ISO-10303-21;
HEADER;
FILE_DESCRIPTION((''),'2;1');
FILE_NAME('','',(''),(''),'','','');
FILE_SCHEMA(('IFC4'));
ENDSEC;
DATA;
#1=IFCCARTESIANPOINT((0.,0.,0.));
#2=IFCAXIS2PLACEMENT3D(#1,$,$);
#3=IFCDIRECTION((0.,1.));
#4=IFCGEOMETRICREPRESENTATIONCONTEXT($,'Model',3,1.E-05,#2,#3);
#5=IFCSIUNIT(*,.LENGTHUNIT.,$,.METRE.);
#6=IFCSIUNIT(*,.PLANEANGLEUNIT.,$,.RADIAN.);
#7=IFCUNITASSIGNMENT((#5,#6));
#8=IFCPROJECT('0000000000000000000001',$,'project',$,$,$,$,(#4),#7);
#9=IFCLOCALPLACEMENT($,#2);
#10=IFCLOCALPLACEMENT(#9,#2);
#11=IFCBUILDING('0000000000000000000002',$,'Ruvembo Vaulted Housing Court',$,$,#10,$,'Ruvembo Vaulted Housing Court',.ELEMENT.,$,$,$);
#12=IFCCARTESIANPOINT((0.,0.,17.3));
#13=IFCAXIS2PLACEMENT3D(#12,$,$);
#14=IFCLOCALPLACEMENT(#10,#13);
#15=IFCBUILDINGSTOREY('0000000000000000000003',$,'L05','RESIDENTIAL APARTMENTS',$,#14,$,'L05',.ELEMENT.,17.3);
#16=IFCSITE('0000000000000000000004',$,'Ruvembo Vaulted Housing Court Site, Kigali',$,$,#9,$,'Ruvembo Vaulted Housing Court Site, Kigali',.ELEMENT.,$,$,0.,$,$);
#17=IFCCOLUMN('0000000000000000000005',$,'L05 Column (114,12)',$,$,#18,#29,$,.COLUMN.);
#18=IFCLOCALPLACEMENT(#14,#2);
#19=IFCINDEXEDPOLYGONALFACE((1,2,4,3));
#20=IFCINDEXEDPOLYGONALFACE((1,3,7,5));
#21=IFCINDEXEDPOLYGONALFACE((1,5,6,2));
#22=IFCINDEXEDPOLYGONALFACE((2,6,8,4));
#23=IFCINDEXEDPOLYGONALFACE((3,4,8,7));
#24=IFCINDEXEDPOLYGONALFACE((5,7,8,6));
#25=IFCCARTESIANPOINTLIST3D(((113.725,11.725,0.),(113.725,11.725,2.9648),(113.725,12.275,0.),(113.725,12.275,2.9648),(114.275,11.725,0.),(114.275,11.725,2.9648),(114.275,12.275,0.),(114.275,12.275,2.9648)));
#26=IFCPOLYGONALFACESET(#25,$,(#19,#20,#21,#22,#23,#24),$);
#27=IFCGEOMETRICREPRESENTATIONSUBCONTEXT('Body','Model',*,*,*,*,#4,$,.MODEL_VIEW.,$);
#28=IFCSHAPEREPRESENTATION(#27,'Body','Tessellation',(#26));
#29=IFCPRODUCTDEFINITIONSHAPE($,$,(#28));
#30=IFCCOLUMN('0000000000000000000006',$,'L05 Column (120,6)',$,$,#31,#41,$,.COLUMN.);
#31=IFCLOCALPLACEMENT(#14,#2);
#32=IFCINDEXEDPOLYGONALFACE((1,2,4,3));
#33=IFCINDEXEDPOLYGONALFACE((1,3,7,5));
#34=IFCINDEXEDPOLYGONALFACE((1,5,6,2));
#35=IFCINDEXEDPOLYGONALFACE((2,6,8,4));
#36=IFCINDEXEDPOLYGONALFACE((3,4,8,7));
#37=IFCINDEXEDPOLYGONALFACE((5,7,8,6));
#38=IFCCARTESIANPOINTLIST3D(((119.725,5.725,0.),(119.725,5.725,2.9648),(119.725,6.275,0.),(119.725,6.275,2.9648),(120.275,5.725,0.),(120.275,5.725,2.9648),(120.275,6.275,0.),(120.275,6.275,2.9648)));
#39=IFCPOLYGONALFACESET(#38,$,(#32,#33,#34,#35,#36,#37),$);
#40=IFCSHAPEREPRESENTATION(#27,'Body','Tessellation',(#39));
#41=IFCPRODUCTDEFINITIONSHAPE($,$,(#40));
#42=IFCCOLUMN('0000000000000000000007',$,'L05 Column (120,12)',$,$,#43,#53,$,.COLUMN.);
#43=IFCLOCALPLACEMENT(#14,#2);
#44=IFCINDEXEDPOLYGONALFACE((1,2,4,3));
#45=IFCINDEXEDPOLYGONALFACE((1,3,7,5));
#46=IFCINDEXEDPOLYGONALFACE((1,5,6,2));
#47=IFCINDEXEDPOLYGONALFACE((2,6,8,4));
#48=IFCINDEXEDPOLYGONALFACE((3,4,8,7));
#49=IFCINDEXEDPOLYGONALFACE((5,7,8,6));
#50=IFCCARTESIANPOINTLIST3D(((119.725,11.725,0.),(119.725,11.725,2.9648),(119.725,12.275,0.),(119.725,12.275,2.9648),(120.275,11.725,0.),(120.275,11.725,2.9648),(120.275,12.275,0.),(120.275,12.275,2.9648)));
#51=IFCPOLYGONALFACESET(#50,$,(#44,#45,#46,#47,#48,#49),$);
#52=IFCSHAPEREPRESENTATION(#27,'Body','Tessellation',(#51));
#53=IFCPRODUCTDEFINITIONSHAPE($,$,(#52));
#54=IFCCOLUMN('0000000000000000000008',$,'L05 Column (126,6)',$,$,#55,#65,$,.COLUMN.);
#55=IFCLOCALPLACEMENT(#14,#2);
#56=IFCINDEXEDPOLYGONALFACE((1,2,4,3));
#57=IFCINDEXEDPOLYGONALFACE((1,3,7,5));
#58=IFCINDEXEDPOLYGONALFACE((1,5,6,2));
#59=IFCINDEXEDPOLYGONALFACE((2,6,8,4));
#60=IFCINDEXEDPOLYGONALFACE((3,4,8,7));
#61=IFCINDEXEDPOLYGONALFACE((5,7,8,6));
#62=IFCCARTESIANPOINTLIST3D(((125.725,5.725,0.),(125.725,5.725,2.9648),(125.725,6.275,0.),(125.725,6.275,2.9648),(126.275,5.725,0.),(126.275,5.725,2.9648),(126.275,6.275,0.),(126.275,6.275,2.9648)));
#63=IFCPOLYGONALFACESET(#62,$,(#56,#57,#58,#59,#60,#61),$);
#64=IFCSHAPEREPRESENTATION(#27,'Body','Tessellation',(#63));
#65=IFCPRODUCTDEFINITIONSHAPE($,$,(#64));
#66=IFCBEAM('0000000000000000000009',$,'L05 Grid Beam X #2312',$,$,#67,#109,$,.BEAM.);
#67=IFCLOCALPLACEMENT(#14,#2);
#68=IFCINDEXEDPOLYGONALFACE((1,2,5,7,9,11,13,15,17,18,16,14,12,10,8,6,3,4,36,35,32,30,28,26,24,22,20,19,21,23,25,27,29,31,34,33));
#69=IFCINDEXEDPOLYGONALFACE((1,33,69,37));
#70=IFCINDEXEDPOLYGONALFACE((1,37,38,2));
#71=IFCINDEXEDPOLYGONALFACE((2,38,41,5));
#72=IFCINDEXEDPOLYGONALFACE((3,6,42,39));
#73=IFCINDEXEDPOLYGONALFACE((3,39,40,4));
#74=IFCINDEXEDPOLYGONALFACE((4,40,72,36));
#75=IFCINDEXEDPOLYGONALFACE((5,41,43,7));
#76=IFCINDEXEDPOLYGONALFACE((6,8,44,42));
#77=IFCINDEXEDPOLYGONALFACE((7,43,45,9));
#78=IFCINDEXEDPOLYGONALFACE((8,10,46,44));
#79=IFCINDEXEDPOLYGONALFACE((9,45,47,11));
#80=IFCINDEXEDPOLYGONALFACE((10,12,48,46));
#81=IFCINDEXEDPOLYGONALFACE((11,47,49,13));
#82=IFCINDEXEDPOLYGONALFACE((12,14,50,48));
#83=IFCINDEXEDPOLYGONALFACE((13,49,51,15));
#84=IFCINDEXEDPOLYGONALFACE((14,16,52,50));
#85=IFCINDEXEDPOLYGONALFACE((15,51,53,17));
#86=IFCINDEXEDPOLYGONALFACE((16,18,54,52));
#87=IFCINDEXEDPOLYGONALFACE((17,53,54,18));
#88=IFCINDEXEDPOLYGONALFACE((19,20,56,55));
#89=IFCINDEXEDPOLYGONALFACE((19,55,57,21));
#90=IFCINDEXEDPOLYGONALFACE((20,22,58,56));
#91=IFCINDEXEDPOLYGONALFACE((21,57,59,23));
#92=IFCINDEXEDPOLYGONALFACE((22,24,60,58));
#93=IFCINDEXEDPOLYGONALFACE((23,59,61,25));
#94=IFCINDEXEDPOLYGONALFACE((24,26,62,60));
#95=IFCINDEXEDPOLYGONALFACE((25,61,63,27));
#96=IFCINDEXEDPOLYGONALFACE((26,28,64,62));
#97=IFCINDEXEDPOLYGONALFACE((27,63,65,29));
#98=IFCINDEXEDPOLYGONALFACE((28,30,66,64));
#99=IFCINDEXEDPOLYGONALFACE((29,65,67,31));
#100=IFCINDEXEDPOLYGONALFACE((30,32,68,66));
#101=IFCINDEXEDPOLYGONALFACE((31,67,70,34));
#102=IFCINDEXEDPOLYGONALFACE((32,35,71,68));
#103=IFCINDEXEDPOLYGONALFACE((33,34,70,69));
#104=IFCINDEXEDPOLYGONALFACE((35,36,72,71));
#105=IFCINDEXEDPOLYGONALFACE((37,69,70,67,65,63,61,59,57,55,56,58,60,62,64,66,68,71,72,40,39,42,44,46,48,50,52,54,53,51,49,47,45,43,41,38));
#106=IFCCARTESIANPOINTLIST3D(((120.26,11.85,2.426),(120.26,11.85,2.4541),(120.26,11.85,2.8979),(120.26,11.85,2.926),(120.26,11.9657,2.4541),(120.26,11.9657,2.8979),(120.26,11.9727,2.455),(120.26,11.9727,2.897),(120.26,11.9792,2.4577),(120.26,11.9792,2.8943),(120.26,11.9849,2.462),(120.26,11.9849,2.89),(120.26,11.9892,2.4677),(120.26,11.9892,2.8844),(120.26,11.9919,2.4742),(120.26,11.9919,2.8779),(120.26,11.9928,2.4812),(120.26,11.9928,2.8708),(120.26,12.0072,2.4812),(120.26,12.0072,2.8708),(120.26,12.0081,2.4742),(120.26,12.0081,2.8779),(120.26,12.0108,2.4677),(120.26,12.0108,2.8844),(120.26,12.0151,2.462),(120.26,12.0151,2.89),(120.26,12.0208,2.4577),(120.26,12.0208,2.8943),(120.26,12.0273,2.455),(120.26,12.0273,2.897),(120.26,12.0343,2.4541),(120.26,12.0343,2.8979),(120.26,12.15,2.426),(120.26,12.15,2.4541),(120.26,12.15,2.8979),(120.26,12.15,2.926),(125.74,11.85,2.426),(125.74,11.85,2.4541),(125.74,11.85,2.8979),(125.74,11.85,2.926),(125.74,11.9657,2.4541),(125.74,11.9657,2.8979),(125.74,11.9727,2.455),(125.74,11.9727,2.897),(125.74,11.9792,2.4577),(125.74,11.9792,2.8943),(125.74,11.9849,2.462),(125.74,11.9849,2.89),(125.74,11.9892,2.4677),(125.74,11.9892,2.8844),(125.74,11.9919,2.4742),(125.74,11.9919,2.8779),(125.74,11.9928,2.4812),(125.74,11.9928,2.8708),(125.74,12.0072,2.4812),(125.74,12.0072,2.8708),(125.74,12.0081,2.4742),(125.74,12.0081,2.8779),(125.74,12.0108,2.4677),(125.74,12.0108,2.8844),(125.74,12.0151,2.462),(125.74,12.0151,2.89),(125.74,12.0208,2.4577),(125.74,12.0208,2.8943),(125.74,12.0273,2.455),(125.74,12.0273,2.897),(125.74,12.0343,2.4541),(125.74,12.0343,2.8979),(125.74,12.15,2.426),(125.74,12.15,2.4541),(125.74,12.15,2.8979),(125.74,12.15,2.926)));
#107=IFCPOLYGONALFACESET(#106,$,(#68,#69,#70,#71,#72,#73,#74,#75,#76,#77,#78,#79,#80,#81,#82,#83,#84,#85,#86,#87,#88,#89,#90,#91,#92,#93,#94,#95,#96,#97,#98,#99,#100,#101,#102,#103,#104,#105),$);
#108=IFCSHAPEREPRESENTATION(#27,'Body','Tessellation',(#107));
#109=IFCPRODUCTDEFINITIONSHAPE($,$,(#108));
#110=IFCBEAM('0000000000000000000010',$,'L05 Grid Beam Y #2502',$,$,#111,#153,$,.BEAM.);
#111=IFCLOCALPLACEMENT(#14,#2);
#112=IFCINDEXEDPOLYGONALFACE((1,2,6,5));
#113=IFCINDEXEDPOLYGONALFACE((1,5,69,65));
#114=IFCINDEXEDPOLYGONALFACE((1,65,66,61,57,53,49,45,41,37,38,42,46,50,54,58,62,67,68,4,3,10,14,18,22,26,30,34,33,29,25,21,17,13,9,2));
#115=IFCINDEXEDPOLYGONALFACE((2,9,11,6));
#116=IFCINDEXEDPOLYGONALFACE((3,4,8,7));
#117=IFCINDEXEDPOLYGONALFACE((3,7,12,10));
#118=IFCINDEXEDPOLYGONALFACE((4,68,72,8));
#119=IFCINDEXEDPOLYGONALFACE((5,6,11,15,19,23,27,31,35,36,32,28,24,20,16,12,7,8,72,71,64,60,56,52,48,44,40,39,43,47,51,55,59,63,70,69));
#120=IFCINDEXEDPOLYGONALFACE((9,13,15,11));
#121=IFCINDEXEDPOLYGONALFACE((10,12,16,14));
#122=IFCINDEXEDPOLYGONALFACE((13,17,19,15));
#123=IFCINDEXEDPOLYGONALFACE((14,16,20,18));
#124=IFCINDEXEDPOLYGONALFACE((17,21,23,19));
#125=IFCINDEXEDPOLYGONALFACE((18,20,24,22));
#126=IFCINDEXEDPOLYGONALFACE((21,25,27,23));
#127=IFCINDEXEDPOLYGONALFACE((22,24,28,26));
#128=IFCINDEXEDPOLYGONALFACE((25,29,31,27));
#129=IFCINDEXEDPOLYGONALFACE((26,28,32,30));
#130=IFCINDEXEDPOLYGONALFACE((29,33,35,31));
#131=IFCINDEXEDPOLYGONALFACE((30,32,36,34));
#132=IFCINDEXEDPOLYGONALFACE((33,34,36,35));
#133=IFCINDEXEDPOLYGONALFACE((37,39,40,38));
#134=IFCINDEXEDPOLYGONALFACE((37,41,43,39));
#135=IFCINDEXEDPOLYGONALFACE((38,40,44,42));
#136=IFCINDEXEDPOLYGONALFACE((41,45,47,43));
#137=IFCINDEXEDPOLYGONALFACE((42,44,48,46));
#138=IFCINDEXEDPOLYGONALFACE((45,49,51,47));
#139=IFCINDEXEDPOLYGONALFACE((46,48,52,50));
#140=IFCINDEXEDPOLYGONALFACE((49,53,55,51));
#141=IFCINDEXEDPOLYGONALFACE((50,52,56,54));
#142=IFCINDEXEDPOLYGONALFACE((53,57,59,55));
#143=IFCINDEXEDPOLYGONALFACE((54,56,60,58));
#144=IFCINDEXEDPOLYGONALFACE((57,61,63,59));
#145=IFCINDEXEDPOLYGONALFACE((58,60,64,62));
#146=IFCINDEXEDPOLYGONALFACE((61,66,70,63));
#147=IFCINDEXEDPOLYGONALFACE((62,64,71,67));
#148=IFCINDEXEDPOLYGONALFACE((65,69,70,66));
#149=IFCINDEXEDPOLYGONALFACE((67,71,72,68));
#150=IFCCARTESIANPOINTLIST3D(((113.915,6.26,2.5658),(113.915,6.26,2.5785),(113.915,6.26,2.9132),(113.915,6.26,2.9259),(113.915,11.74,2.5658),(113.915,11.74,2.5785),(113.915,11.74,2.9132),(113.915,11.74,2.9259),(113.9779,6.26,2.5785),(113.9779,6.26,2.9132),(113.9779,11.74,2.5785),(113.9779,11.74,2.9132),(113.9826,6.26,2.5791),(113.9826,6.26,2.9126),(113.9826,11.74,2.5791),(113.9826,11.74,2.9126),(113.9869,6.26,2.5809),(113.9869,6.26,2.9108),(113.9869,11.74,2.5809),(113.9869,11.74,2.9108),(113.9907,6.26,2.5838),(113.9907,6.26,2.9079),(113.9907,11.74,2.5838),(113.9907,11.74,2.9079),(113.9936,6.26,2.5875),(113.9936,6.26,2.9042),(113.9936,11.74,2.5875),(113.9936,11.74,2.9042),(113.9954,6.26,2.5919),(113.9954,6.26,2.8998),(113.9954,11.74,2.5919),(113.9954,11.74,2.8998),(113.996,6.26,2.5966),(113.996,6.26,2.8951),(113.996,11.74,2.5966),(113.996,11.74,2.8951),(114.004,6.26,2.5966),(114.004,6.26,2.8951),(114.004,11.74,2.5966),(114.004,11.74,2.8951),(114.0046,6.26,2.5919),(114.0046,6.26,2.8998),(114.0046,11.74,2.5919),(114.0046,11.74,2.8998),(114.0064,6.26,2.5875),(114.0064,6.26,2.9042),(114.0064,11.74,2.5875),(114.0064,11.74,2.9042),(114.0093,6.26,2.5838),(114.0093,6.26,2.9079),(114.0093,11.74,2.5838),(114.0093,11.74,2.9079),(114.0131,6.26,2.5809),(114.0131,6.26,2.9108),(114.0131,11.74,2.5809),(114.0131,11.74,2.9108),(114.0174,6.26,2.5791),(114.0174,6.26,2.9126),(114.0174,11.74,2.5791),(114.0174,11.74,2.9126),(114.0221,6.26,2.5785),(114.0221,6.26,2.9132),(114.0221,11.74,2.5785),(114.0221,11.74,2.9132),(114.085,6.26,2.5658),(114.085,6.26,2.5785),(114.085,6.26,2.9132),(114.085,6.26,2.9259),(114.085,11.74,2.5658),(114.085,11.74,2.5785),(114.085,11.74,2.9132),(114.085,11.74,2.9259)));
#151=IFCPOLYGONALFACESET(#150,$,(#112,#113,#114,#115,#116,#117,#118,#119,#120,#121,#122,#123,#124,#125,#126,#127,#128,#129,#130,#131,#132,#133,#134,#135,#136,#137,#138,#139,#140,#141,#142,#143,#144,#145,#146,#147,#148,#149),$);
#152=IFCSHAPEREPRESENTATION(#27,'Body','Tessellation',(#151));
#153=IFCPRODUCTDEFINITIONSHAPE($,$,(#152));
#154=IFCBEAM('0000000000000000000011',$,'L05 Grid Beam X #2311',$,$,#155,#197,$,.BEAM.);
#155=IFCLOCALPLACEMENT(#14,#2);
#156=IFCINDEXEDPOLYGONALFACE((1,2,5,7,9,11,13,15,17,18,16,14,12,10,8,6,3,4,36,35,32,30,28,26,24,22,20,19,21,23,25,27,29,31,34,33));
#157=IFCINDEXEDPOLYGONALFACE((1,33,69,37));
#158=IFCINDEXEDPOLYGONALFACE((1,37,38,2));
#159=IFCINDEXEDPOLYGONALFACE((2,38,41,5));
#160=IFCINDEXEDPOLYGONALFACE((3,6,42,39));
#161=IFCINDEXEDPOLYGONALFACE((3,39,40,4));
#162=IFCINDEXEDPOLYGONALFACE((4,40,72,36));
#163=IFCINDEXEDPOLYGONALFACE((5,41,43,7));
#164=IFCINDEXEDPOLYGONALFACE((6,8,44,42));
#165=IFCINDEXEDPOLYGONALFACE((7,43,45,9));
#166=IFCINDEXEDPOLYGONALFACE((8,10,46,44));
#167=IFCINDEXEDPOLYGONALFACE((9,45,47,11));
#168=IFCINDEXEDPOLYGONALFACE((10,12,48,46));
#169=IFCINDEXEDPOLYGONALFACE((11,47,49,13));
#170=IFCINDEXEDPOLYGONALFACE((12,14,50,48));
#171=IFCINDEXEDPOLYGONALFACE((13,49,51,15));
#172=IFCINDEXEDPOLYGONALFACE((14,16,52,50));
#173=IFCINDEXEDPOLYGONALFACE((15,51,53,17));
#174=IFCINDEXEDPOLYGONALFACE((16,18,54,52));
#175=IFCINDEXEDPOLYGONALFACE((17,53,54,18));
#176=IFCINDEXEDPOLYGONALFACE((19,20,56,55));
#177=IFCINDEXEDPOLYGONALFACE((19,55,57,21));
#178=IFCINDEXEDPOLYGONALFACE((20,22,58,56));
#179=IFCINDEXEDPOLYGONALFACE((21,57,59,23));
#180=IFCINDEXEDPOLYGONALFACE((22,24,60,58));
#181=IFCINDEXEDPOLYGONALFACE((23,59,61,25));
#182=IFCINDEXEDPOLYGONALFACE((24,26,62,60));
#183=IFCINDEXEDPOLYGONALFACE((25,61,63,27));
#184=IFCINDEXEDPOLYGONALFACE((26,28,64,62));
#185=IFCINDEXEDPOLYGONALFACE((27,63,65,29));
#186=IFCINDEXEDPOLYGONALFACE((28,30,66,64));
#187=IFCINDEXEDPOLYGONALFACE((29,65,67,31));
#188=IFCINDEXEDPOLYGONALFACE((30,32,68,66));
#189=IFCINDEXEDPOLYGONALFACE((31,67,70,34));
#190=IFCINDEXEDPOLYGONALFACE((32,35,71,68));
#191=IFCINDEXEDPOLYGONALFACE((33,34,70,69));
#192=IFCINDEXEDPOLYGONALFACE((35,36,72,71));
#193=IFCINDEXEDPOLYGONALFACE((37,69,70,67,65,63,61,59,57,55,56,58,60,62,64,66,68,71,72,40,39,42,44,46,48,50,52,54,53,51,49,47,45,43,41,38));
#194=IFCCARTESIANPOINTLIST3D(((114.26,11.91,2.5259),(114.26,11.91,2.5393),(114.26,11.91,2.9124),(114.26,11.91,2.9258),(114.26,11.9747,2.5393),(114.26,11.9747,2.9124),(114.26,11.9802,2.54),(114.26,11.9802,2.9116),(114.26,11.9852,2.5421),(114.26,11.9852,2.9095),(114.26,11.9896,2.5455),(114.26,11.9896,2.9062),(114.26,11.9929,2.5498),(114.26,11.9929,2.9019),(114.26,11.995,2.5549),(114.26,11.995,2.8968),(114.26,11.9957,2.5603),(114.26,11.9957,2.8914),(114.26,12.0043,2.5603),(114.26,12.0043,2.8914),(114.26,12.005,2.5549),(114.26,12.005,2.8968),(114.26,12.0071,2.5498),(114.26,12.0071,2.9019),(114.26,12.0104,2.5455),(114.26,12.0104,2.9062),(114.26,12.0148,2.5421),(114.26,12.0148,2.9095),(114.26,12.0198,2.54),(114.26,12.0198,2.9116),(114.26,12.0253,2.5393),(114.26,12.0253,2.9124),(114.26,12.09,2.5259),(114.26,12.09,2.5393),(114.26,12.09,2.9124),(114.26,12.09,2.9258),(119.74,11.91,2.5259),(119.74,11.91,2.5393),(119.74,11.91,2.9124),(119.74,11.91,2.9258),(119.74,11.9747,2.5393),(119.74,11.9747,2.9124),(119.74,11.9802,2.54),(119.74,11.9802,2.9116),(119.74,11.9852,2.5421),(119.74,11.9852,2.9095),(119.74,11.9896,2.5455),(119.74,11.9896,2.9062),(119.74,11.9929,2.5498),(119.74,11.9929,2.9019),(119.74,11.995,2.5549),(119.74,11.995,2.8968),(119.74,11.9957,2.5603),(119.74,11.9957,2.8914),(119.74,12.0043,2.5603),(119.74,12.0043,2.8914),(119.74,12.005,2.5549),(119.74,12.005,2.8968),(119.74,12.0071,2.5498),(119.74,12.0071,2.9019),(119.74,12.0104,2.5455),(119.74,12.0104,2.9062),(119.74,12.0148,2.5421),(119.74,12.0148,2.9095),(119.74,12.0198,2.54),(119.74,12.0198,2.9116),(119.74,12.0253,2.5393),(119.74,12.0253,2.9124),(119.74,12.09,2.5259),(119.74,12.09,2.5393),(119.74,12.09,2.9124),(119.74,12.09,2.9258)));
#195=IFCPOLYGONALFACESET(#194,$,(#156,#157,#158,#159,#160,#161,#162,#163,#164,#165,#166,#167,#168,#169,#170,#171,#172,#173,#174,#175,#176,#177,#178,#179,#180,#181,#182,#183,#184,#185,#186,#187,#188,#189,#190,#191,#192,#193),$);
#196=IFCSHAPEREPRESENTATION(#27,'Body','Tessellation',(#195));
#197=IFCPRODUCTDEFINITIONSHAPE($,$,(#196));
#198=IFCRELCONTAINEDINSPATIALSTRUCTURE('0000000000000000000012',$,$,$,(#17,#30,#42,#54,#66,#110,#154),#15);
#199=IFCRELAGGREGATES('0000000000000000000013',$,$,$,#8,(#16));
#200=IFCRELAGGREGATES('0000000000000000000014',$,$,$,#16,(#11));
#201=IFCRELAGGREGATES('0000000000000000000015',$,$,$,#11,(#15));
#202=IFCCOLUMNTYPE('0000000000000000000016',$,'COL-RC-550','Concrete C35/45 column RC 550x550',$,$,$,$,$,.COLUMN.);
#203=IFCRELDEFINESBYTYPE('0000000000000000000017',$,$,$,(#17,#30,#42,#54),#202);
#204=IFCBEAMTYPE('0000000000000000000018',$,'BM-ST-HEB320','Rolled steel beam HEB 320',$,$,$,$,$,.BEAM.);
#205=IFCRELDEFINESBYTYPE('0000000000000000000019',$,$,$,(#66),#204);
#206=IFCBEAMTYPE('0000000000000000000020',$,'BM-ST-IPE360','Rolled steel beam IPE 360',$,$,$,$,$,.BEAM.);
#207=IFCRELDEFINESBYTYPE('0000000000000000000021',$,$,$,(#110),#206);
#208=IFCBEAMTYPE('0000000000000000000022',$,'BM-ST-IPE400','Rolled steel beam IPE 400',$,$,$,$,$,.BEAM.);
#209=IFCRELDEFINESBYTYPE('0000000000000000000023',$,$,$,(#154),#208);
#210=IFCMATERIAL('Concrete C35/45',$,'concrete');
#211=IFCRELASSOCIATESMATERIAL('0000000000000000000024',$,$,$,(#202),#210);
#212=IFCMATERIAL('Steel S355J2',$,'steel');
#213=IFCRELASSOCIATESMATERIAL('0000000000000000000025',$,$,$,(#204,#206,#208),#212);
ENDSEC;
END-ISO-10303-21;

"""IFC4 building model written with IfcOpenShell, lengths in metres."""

from ifc_helpers import new_model, si_unit, direction, frame, origin, origin_2d, place, context, subcontext, project, spatial, rectangle, i_section, extrude, material, material_profile, profile_set, type_object, element, save


model = new_model("IFC4")

# Units and contexts
model_context = context("Model", 3, precision=1e-05, world=origin(), true_north=direction((0.0, 1.0)))
body_context = subcontext(model_context, "Body", "Model", "MODEL_VIEW")
ifc_project = project(units=[si_unit("LENGTHUNIT", "METRE"), si_unit("PLANEANGLEUNIT", "RADIAN")], contexts=[model_context])

# Site, building, storey
site_placement = place(None, origin())
site = spatial("IfcSite", under=ifc_project, at=site_placement, Name="Ruvembo Vaulted Housing Court Site, Kigali", LongName="Ruvembo Vaulted Housing Court Site, Kigali", CompositionType="ELEMENT", RefElevation=0.0)
building_placement = place(site_placement, origin())
building = spatial("IfcBuilding", under=site, at=building_placement, Name="Ruvembo Vaulted Housing Court", LongName="Ruvembo Vaulted Housing Court", CompositionType="ELEMENT")
storey_placement = place(building_placement, frame((0.0, 0.0, 17.3)))
storey = spatial("IfcBuildingStorey", under=building, at=storey_placement, Name="L05", Description="RESIDENTIAL APARTMENTS", LongName="L05", CompositionType="ELEMENT", Elevation=17.3)

# Columns
ifc_material_1 = material(Name="Concrete C35/45", Category="concrete")
ifc_material_profile_1 = material_profile(ifc_material_1, rectangle(XDim=0.55, YDim=0.55, at=origin_2d()), Name="RC 550x550")
ifc_profile_set_1 = profile_set([ifc_material_profile_1], Name="Concrete C35/45")
column_type = type_object("IfcColumnType", Name="COL-RC-550", Description="Concrete C35/45 column RC 550x550", PredefinedType="COLUMN", material=ifc_profile_set_1)
for number, where, z_axis, x_axis, name in (
    (1, (114.0, 12.0, 0.0), (0.0, 0.0, 1.0), (1.0, 0.0, 0.0), "L05 Column (114,12)"),
    (2, (120.0, 6.0, 0.0), (0.0, 0.0, 1.0), (1.0, 0.0, 0.0), "L05 Column (120,6)"),
    (3, (120.0, 12.0, 0.0), (0.0, 0.0, 1.0), (1.0, 0.0, 0.0), "L05 Column (120,12)"),
    (4, (126.0, 6.0, 0.0), (0.0, 0.0, 1.0), (1.0, 0.0, 0.0), "L05 Column (126,6)"),
):
    element("IfcColumn", number, at=place(storey_placement, frame(where, z_axis=z_axis, x_axis=x_axis)), inside=storey, type_object=column_type, Name=name, PredefinedType="COLUMN", context=body_context, shape_type="SweptSolid", body=[
        extrude(rectangle(XDim=0.55, YDim=0.55, at=origin_2d()), origin(), (0.0, 0.0, 1.0), 2.9648),
    ])

# Beams
ifc_material_2 = material(Name="Steel S355J2", Category="steel")
ifc_material_profile_2 = material_profile(ifc_material_2, i_section(OverallWidth=0.3, OverallDepth=0.5, WebThickness=0.0144, FlangeThickness=0.0281, FilletRadius=0.0271, at=origin_2d()), Name="HEB 320")
ifc_profile_set_2 = profile_set([ifc_material_profile_2], Name="Steel S355J2")
beam_type_1 = type_object("IfcBeamType", Name="BM-ST-HEB320", Description="Rolled steel beam HEB 320", PredefinedType="BEAM", material=ifc_profile_set_2)
beam_1_placement = place(storey_placement, frame((120.26, 12.0, 2.676), z_axis=(1.0, 0.0, 0.0), x_axis=(0.0, 1.0, 0.0)))
element("IfcBeam", 5, at=beam_1_placement, inside=storey, type_object=beam_type_1, Name="L05 Grid Beam X #2312", PredefinedType="BEAM", context=body_context, shape_type="SweptSolid", body=[
    extrude(i_section(OverallWidth=0.3, OverallDepth=0.5, WebThickness=0.0144, FlangeThickness=0.0281, FilletRadius=0.0271, at=origin_2d()), origin(), (0.0, 0.0, 1.0), 5.48),
])
ifc_material_profile_3 = material_profile(ifc_material_2, i_section(OverallWidth=0.1699, OverallDepth=0.3601, WebThickness=0.0081, FlangeThickness=0.0127, FilletRadius=0.0181, at=origin_2d()), Name="IPE 360")
ifc_profile_set_3 = profile_set([ifc_material_profile_3], Name="Steel S355J2")
beam_type_2 = type_object("IfcBeamType", Name="BM-ST-IPE360", Description="Rolled steel beam IPE 360", PredefinedType="BEAM", material=ifc_profile_set_3)
beam_2_placement = place(storey_placement, frame((114.0, 6.26, 2.7458), z_axis=(0.0, 1.0, 0.0), x_axis=(-1.0, 0.0, 0.0)))
element("IfcBeam", 6, at=beam_2_placement, inside=storey, type_object=beam_type_2, Name="L05 Grid Beam Y #2502", PredefinedType="BEAM", context=body_context, shape_type="SweptSolid", body=[
    extrude(i_section(OverallWidth=0.1699, OverallDepth=0.3601, WebThickness=0.0081, FlangeThickness=0.0127, FilletRadius=0.0181, at=origin_2d()), origin(), (0.0, 0.0, 1.0), 5.48),
])
ifc_material_profile_4 = material_profile(ifc_material_2, i_section(OverallWidth=0.1799, OverallDepth=0.3999, WebThickness=0.0085, FlangeThickness=0.0134, FilletRadius=0.021, at=origin_2d()), Name="IPE 400")
ifc_profile_set_4 = profile_set([ifc_material_profile_4], Name="Steel S355J2")
beam_type_3 = type_object("IfcBeamType", Name="BM-ST-IPE400", Description="Rolled steel beam IPE 400", PredefinedType="BEAM", material=ifc_profile_set_4)
beam_3_placement = place(storey_placement, frame((114.26, 12.0, 2.7258), z_axis=(1.0, 0.0, 0.0), x_axis=(0.0, 1.0, 0.0)))
element("IfcBeam", 7, at=beam_3_placement, inside=storey, type_object=beam_type_3, Name="L05 Grid Beam X #2311", PredefinedType="BEAM", context=body_context, shape_type="SweptSolid", body=[
    extrude(i_section(OverallWidth=0.1799, OverallDepth=0.3999, WebThickness=0.0085, FlangeThickness=0.0134, FilletRadius=0.021, at=origin_2d()), origin(), (0.0, 0.0, 1.0), 5.48),
])

save(model, "model.ifc")
